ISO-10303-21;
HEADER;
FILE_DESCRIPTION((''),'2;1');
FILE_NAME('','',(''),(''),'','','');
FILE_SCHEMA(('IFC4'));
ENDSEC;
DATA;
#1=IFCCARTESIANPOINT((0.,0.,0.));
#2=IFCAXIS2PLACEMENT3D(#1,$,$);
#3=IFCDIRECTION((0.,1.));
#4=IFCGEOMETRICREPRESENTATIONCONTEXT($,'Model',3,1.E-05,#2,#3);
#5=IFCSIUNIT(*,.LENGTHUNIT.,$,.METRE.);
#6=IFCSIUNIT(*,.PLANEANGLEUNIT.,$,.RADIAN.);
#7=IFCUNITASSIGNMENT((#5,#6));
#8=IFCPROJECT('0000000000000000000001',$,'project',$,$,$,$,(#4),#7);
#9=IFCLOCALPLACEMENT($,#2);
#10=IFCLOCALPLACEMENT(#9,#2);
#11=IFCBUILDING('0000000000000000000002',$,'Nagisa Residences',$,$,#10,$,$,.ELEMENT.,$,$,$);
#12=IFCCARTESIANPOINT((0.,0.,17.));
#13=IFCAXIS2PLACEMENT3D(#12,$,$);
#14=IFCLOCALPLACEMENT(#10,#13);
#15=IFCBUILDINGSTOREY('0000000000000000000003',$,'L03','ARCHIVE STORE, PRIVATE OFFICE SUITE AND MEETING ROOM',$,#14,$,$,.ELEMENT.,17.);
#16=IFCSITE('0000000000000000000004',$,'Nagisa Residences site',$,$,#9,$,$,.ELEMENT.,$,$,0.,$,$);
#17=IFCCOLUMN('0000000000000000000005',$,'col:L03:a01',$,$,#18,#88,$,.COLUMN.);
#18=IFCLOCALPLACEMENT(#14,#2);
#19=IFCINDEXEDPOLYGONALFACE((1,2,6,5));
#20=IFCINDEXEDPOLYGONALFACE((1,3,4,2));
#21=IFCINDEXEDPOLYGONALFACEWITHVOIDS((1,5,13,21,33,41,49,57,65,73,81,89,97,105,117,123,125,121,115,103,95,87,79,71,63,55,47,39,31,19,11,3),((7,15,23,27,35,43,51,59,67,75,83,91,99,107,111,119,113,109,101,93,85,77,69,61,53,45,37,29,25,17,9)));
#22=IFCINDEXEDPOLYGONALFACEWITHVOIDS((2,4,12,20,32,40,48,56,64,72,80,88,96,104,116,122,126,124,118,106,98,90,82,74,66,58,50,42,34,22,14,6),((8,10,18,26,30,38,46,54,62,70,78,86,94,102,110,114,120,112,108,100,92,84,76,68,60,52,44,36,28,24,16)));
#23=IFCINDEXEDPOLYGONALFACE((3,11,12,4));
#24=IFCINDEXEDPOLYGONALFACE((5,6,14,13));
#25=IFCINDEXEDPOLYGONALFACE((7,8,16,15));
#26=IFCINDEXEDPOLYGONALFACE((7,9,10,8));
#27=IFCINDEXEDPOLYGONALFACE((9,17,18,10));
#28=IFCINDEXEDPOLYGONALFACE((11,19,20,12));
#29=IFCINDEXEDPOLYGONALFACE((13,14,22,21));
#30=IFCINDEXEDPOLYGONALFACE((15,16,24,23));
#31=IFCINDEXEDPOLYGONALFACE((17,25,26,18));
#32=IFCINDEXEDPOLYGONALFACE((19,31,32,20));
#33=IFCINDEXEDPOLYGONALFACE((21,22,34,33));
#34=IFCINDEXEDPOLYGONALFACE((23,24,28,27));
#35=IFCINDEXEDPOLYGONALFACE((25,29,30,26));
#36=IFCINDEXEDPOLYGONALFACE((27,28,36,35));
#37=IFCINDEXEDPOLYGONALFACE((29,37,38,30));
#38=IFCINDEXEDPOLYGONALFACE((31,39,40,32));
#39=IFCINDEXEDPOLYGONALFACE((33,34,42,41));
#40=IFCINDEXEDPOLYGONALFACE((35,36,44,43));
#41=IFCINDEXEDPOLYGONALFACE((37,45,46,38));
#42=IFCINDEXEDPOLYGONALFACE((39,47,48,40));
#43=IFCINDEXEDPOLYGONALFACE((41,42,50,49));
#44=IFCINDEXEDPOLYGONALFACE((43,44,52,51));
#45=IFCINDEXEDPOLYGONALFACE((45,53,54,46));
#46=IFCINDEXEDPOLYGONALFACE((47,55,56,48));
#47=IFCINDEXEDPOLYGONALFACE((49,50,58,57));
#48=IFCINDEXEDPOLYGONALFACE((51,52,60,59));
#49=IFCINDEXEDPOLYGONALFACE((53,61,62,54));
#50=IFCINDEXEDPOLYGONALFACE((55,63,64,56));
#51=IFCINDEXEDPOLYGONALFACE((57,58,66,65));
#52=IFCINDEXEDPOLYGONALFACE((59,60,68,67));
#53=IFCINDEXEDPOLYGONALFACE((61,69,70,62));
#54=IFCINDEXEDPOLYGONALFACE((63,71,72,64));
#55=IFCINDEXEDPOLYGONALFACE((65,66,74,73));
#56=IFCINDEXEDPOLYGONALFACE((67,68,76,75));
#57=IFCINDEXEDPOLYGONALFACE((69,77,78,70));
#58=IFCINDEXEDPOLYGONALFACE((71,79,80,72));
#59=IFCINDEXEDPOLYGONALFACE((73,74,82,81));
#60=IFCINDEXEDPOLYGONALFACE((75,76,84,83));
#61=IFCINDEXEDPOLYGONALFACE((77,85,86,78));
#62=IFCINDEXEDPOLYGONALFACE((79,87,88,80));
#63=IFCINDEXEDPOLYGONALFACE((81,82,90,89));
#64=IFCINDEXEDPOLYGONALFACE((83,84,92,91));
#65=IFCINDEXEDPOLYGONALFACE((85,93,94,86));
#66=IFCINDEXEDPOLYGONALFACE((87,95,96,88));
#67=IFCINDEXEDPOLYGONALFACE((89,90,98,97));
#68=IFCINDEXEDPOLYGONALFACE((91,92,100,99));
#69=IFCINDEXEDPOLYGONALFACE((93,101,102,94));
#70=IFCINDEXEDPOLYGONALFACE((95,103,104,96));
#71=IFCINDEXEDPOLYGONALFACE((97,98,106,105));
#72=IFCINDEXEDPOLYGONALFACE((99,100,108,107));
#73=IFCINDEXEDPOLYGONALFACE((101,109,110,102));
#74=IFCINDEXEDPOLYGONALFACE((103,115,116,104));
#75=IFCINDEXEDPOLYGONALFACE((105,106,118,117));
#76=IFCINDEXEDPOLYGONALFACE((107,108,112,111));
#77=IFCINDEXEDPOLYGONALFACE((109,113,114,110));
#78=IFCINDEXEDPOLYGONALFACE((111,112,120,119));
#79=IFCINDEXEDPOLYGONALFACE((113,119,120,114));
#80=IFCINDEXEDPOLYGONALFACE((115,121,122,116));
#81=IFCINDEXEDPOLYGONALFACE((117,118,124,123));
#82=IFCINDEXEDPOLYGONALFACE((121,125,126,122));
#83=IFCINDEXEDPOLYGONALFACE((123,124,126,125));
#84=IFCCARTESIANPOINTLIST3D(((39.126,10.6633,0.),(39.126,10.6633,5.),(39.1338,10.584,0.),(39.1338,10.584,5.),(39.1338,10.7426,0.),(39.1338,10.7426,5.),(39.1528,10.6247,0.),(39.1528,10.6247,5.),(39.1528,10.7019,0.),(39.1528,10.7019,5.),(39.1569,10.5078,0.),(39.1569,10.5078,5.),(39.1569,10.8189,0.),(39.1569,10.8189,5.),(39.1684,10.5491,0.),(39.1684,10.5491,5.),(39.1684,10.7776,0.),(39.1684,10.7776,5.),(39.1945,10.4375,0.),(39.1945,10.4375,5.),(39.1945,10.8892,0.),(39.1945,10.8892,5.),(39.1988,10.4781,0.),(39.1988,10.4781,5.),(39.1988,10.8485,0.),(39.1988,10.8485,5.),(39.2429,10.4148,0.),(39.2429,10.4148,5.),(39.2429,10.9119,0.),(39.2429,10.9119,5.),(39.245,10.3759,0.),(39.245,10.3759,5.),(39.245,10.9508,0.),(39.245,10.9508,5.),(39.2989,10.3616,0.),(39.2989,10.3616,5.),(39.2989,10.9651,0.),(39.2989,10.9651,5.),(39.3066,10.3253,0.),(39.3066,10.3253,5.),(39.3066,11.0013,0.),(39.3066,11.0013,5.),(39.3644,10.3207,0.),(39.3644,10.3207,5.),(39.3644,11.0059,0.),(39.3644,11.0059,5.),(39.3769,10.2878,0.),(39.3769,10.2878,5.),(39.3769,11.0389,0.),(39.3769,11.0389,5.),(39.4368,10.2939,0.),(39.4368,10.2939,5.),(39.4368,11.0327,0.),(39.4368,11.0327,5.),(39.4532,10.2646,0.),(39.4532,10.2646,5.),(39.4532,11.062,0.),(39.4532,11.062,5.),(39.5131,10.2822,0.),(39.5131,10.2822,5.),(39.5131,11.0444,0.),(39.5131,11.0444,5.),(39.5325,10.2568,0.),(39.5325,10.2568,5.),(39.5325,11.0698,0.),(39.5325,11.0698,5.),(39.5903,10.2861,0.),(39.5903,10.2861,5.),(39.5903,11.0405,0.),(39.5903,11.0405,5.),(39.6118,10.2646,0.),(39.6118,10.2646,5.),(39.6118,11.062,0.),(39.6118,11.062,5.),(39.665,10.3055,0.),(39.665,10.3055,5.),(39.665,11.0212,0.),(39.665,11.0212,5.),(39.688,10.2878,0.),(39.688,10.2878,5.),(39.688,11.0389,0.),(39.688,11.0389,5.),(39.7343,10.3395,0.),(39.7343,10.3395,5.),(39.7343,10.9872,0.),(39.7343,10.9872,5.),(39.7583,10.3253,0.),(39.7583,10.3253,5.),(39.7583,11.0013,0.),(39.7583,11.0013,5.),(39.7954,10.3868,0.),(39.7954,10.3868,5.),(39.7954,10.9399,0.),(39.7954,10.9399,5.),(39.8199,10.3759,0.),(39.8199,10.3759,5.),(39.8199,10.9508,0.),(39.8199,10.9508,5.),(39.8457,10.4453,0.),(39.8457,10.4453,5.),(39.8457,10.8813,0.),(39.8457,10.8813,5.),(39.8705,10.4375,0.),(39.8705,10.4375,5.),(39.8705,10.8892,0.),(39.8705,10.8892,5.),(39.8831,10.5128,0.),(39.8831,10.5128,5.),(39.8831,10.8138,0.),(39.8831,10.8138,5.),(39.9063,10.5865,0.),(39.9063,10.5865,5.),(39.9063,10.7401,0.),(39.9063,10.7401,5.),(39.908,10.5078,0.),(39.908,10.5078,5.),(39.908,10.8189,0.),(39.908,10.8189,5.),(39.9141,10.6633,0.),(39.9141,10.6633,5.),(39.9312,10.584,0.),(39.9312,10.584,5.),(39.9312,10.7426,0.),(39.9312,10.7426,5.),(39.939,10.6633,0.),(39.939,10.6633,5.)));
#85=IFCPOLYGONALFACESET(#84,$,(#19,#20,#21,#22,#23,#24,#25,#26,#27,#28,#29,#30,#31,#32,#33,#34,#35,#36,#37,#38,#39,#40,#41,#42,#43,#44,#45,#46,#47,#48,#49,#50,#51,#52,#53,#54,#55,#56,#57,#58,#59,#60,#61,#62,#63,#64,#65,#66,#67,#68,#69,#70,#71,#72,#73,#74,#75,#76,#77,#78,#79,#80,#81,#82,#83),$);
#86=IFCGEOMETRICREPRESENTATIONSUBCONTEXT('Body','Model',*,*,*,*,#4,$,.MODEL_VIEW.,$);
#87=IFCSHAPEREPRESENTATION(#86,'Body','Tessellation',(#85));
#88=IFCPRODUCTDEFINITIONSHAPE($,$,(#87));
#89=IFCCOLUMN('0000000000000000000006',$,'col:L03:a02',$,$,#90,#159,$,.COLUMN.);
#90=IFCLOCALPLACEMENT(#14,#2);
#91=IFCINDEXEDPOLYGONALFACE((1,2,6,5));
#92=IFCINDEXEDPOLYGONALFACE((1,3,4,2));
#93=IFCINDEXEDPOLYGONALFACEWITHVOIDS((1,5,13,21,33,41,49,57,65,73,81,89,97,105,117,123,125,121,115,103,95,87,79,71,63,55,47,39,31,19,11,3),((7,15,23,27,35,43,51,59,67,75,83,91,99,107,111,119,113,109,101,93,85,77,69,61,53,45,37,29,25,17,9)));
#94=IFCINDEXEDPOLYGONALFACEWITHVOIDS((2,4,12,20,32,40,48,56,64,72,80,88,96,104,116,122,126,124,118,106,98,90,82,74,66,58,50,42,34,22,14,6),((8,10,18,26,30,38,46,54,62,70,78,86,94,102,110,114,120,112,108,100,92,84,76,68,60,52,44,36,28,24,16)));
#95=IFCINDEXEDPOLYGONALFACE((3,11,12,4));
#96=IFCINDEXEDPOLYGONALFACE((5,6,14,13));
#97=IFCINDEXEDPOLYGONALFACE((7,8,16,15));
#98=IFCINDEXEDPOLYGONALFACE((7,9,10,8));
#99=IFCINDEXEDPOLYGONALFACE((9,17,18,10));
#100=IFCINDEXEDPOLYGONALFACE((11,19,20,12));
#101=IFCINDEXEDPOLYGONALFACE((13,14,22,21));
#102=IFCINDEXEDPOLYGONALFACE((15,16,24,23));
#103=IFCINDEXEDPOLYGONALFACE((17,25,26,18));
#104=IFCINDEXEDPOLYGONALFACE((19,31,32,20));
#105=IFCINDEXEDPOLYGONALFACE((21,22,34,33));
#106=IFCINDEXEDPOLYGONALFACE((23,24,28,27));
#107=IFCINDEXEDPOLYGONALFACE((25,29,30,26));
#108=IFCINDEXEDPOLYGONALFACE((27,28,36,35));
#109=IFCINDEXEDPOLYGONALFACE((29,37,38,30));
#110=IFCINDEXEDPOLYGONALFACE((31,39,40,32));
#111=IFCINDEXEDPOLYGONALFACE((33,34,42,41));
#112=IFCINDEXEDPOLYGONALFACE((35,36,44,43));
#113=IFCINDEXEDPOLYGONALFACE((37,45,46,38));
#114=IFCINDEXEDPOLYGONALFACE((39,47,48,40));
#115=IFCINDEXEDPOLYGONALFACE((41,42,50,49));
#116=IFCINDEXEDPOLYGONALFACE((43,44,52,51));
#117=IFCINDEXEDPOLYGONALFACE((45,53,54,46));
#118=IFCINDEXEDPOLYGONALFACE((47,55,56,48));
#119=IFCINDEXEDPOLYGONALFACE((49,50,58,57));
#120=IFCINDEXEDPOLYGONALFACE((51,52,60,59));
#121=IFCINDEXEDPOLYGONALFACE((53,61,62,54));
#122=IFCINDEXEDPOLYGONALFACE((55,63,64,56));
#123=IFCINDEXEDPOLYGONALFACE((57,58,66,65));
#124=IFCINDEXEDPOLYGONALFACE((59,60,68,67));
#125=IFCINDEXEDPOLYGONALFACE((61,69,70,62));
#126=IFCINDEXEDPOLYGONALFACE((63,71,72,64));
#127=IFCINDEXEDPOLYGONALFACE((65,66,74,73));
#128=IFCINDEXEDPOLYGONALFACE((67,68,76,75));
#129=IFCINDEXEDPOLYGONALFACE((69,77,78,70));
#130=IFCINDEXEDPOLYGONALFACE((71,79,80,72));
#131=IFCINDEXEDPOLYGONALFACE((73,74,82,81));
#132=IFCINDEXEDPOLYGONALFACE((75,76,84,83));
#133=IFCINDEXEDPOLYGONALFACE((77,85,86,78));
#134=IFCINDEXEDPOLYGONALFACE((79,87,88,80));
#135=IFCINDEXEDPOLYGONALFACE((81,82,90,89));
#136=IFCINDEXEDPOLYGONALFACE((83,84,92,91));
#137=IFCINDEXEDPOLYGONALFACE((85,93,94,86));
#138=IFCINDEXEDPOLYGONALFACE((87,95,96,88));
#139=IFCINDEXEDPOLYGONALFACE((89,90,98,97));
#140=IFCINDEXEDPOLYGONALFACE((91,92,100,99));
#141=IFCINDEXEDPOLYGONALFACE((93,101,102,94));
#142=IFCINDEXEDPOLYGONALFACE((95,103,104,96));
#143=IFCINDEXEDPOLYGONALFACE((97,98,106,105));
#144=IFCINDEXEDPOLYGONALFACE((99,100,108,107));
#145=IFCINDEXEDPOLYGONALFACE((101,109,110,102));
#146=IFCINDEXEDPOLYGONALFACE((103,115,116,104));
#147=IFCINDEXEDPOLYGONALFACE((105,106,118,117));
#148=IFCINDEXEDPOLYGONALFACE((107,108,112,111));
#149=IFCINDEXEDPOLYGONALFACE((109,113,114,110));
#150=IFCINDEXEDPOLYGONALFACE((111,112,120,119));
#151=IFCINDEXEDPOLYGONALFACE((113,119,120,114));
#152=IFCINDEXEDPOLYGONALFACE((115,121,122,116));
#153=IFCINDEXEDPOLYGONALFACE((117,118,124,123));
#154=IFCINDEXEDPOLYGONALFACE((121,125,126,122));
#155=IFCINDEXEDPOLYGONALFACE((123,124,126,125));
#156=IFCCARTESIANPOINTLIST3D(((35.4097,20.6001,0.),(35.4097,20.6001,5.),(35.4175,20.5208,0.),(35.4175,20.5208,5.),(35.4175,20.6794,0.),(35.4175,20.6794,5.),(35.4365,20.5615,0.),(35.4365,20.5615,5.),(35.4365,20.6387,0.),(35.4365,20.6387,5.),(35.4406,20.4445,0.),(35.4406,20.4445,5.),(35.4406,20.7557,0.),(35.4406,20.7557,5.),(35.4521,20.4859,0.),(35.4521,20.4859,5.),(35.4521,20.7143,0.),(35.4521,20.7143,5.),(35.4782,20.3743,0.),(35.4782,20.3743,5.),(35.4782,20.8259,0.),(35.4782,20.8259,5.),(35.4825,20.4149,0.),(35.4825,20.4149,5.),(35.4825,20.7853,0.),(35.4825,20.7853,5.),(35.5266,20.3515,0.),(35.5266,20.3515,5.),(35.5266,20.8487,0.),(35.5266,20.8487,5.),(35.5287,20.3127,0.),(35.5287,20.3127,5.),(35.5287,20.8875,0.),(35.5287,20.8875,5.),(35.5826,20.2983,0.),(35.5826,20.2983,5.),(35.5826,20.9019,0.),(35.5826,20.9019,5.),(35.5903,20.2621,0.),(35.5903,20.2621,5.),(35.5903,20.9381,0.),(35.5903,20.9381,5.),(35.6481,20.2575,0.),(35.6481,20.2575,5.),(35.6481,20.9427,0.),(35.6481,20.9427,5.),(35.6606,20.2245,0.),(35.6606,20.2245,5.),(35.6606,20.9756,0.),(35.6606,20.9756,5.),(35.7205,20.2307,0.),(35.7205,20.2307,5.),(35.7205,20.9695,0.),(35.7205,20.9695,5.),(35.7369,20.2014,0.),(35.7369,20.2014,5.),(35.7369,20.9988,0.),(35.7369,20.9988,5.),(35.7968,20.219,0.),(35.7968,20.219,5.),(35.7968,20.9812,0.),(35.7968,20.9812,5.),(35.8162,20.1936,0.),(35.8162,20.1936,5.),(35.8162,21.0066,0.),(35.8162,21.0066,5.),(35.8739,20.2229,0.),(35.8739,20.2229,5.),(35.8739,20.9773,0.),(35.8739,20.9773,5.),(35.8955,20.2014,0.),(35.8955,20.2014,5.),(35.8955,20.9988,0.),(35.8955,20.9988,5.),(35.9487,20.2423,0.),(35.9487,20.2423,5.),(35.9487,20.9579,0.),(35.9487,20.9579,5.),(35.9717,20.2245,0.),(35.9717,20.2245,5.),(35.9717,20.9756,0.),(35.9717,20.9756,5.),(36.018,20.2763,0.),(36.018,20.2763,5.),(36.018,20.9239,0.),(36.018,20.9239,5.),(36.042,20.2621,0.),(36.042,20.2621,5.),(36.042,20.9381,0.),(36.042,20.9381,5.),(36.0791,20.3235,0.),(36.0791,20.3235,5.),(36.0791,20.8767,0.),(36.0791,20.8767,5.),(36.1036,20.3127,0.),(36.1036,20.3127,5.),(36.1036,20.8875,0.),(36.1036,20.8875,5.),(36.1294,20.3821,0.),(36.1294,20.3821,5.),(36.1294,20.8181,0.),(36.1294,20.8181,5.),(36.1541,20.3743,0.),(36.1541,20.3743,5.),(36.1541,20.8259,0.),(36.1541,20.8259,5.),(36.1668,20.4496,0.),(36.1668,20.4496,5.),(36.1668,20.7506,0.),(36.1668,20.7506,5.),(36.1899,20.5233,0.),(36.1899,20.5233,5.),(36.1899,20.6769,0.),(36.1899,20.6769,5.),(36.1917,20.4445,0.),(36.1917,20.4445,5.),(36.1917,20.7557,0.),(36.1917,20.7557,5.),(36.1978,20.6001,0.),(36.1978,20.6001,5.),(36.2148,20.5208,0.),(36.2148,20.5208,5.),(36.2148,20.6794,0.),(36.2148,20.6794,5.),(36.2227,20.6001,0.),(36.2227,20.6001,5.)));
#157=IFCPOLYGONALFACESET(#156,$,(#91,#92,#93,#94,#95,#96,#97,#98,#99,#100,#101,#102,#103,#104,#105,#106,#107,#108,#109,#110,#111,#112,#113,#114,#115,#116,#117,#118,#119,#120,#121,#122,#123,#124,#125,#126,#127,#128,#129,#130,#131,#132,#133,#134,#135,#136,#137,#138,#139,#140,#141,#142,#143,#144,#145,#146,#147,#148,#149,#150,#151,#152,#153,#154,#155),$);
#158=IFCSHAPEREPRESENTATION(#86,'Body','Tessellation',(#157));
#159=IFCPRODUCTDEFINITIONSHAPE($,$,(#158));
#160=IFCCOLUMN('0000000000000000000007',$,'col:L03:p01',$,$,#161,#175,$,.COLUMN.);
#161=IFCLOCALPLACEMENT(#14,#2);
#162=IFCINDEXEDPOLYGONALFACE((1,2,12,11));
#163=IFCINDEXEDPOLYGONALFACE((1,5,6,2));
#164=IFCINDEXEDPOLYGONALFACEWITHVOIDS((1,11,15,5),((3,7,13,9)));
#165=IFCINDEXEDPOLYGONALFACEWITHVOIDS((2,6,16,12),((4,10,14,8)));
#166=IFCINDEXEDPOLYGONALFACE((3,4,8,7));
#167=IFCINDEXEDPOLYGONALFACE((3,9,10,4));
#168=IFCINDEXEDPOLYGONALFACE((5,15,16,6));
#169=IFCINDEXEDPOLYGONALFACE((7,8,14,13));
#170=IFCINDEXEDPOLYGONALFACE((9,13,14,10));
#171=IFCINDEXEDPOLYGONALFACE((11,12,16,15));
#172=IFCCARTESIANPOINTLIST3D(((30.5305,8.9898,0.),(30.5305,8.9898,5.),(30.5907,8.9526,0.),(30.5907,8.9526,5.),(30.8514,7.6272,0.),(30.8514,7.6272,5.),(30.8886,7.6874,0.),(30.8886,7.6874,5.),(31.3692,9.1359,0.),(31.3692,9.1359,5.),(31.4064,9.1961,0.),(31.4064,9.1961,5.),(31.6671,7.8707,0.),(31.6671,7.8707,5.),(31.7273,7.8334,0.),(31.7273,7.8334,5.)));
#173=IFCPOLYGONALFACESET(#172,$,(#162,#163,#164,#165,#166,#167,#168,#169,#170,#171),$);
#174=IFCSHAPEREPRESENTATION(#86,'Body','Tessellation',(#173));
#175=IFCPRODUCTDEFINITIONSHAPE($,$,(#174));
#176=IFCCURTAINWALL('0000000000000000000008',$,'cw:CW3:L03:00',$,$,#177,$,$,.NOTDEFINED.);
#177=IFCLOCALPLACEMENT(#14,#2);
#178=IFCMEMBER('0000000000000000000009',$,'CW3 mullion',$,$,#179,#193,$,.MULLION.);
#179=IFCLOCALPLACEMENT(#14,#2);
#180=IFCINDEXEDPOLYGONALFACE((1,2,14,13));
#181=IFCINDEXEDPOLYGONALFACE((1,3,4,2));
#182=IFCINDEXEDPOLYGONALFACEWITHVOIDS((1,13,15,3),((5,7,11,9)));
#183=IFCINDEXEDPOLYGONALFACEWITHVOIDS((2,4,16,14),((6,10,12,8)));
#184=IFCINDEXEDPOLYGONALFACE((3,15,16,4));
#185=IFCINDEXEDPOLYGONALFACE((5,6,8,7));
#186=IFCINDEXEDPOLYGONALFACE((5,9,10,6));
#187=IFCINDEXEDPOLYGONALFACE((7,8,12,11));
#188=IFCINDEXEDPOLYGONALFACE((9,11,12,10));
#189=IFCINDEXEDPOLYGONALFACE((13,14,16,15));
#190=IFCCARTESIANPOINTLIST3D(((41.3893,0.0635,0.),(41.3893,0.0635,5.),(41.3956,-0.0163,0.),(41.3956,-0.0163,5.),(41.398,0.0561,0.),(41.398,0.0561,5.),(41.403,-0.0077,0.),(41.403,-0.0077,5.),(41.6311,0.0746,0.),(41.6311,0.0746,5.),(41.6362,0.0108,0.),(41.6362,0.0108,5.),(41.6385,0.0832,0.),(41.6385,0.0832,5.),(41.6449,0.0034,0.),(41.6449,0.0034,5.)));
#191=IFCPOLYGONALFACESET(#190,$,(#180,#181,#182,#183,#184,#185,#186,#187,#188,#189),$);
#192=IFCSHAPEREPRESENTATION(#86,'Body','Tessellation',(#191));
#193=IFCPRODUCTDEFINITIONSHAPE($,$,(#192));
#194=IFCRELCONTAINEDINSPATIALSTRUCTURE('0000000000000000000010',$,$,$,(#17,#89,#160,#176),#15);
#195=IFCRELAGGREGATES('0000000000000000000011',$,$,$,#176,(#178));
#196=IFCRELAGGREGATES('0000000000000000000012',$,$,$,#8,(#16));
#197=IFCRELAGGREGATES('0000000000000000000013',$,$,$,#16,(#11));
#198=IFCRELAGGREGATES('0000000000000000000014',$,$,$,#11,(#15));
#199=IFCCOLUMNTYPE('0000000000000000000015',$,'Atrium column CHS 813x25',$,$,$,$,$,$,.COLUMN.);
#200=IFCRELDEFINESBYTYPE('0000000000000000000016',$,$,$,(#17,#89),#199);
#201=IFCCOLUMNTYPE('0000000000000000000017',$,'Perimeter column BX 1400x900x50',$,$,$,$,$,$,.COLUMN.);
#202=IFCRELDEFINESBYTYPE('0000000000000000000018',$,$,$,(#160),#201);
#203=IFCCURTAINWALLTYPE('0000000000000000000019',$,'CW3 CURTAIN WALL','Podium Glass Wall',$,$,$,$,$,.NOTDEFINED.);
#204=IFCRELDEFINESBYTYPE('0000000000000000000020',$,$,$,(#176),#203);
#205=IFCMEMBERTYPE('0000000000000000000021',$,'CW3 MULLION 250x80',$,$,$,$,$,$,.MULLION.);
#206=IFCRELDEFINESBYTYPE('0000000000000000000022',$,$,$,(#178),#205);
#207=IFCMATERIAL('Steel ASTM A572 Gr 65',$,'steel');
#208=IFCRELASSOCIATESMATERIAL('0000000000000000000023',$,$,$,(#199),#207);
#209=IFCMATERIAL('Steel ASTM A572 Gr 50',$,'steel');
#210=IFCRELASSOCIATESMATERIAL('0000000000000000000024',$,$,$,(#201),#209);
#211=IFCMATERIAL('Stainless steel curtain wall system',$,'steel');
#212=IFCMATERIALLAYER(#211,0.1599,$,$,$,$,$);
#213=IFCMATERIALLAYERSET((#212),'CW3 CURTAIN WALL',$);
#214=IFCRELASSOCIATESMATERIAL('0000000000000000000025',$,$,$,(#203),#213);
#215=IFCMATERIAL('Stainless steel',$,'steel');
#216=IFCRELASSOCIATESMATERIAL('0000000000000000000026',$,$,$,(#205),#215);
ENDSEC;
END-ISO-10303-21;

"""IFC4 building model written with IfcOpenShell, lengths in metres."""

from ifc_helpers import new_model, si_unit, direction, frame, origin, origin_2d, place, context, subcontext, project, spatial, hollow_rectangle, hollow_circle, extrude, material, layer, layer_set, material_profile, profile_set, type_object, element, aggregate, save


model = new_model("IFC4")

# Units and contexts
model_context = context("Model", 3, precision=1e-05, world=origin(), true_north=direction((0.0, 1.0)))
body_context = subcontext(model_context, "Body", "Model", "MODEL_VIEW")
ifc_project = project(units=[si_unit("LENGTHUNIT", "METRE"), si_unit("PLANEANGLEUNIT", "RADIAN")], contexts=[model_context])

# Site, building, storey
site_placement = place(None, origin())
site = spatial("IfcSite", under=ifc_project, at=site_placement, Name="Nagisa Residences site", CompositionType="ELEMENT", RefElevation=0.0)
building_placement = place(site_placement, origin())
building = spatial("IfcBuilding", under=site, at=building_placement, Name="Nagisa Residences", CompositionType="ELEMENT")
storey_placement = place(building_placement, frame((0.0, 0.0, 17.0)))
storey = spatial("IfcBuildingStorey", under=building, at=storey_placement, Name="L03", Description="ARCHIVE STORE, PRIVATE OFFICE SUITE AND MEETING ROOM", CompositionType="ELEMENT", Elevation=17.0)

# Columns
ifc_material_1 = material(Name="Steel ASTM A572 Gr 65", Category="steel")
ifc_material_profile_1 = material_profile(ifc_material_1, hollow_circle(Radius=0.4065, WallThickness=0.0249, at=origin_2d()), Name="CHS 813x25")
ifc_profile_set_1 = profile_set([ifc_material_profile_1], Name="Steel ASTM A572 Gr 65")
column_type_1 = type_object("IfcColumnType", Name="Atrium column CHS 813x25", PredefinedType="COLUMN", material=ifc_profile_set_1)
for number, where, z_axis, x_axis, name in (
    (1, (39.5325, 10.6633, 0.0), (0.0, 0.0, 1.0), (1.0, 0.0, 0.0), "col:L03:a01"),
    (2, (35.8162, 20.6001, 0.0), (0.0, 0.0, 1.0), (1.0, 0.0, 0.0), "col:L03:a02"),
):
    element("IfcColumn", number, at=place(storey_placement, frame(where, z_axis=z_axis, x_axis=x_axis)), inside=storey, type_object=column_type_1, Name=name, PredefinedType="COLUMN", context=body_context, shape_type="SweptSolid", body=[
        extrude(hollow_circle(Radius=0.4065, WallThickness=0.0249, at=origin_2d()), origin(), (0.0, 0.0, 1.0), 5.0),
    ])
ifc_material_2 = material(Name="Steel ASTM A572 Gr 50", Category="steel")
ifc_material_profile_2 = material_profile(ifc_material_2, hollow_rectangle(XDim=1.3999, YDim=0.8999, WallThickness=0.05, at=origin_2d()), Name="BX 1400x900x50")
ifc_profile_set_2 = profile_set([ifc_material_profile_2], Name="Steel ASTM A572 Gr 50")
column_type_2 = type_object("IfcColumnType", Name="Perimeter column BX 1400x900x50", PredefinedType="COLUMN", material=ifc_profile_set_2)
column_placement = place(storey_placement, frame((31.1289, 8.4116, 0.0), z_axis=(0.0, 0.0, 1.0), x_axis=(-0.229202, 0.973379, 0.0)))
element("IfcColumn", 3, at=column_placement, inside=storey, type_object=column_type_2, Name="col:L03:p01", PredefinedType="COLUMN", context=body_context, shape_type="SweptSolid", body=[
    extrude(hollow_rectangle(XDim=1.3999, YDim=0.8999, WallThickness=0.05, at=origin_2d()), origin(), (0.0, 0.0, 1.0), 5.0),
])

# Curtain wall, member
ifc_material_3 = material(Name="Stainless steel curtain wall system", Category="steel")
ifc_layer_1 = layer(ifc_material_3, 0.1599)
ifc_layer_set_1 = layer_set([ifc_layer_1], Name="CW3 CURTAIN WALL")
curtain_wall_type_1 = type_object("IfcCurtainWallType", Name="CW3 CURTAIN WALL", Description="Podium Glass Wall", PredefinedType="NOTDEFINED", material=ifc_layer_set_1)
curtain_wall_1_placement = place(storey_placement, origin())
curtain_wall_1 = element("IfcCurtainWall", 4, at=curtain_wall_1_placement, inside=storey, type_object=curtain_wall_type_1, Name="cw:CW3:L03:00", PredefinedType="NOTDEFINED")
ifc_material_4 = material(Name="Stainless steel", Category="steel")
ifc_material_profile_3 = material_profile(ifc_material_4, hollow_rectangle(XDim=0.25, YDim=0.0801, WallThickness=0.0081, at=origin_2d()), Name="CW3 MULLION 250x80")
ifc_profile_set_3 = profile_set([ifc_material_profile_3], Name="Stainless steel")
member_type_1 = type_object("IfcMemberType", Name="CW3 MULLION 250x80", PredefinedType="MULLION", material=ifc_profile_set_3)
member_1_placement = place(storey_placement, frame((41.5171, 0.0334, 0.0), z_axis=(0.0, 0.0, 1.0), x_axis=(-0.996882, -0.07891, 0.0)))
member_1 = element("IfcMember", 5, at=member_1_placement, type_object=member_type_1, Name="CW3 mullion", PredefinedType="MULLION", context=body_context, shape_type="SweptSolid", body=[
    extrude(hollow_rectangle(XDim=0.25, YDim=0.0801, WallThickness=0.0081, at=origin_2d()), origin(), (0.0, 0.0, 1.0), 5.0),
])

aggregate(curtain_wall_1, [member_1])

save(model, "model.ifc")
